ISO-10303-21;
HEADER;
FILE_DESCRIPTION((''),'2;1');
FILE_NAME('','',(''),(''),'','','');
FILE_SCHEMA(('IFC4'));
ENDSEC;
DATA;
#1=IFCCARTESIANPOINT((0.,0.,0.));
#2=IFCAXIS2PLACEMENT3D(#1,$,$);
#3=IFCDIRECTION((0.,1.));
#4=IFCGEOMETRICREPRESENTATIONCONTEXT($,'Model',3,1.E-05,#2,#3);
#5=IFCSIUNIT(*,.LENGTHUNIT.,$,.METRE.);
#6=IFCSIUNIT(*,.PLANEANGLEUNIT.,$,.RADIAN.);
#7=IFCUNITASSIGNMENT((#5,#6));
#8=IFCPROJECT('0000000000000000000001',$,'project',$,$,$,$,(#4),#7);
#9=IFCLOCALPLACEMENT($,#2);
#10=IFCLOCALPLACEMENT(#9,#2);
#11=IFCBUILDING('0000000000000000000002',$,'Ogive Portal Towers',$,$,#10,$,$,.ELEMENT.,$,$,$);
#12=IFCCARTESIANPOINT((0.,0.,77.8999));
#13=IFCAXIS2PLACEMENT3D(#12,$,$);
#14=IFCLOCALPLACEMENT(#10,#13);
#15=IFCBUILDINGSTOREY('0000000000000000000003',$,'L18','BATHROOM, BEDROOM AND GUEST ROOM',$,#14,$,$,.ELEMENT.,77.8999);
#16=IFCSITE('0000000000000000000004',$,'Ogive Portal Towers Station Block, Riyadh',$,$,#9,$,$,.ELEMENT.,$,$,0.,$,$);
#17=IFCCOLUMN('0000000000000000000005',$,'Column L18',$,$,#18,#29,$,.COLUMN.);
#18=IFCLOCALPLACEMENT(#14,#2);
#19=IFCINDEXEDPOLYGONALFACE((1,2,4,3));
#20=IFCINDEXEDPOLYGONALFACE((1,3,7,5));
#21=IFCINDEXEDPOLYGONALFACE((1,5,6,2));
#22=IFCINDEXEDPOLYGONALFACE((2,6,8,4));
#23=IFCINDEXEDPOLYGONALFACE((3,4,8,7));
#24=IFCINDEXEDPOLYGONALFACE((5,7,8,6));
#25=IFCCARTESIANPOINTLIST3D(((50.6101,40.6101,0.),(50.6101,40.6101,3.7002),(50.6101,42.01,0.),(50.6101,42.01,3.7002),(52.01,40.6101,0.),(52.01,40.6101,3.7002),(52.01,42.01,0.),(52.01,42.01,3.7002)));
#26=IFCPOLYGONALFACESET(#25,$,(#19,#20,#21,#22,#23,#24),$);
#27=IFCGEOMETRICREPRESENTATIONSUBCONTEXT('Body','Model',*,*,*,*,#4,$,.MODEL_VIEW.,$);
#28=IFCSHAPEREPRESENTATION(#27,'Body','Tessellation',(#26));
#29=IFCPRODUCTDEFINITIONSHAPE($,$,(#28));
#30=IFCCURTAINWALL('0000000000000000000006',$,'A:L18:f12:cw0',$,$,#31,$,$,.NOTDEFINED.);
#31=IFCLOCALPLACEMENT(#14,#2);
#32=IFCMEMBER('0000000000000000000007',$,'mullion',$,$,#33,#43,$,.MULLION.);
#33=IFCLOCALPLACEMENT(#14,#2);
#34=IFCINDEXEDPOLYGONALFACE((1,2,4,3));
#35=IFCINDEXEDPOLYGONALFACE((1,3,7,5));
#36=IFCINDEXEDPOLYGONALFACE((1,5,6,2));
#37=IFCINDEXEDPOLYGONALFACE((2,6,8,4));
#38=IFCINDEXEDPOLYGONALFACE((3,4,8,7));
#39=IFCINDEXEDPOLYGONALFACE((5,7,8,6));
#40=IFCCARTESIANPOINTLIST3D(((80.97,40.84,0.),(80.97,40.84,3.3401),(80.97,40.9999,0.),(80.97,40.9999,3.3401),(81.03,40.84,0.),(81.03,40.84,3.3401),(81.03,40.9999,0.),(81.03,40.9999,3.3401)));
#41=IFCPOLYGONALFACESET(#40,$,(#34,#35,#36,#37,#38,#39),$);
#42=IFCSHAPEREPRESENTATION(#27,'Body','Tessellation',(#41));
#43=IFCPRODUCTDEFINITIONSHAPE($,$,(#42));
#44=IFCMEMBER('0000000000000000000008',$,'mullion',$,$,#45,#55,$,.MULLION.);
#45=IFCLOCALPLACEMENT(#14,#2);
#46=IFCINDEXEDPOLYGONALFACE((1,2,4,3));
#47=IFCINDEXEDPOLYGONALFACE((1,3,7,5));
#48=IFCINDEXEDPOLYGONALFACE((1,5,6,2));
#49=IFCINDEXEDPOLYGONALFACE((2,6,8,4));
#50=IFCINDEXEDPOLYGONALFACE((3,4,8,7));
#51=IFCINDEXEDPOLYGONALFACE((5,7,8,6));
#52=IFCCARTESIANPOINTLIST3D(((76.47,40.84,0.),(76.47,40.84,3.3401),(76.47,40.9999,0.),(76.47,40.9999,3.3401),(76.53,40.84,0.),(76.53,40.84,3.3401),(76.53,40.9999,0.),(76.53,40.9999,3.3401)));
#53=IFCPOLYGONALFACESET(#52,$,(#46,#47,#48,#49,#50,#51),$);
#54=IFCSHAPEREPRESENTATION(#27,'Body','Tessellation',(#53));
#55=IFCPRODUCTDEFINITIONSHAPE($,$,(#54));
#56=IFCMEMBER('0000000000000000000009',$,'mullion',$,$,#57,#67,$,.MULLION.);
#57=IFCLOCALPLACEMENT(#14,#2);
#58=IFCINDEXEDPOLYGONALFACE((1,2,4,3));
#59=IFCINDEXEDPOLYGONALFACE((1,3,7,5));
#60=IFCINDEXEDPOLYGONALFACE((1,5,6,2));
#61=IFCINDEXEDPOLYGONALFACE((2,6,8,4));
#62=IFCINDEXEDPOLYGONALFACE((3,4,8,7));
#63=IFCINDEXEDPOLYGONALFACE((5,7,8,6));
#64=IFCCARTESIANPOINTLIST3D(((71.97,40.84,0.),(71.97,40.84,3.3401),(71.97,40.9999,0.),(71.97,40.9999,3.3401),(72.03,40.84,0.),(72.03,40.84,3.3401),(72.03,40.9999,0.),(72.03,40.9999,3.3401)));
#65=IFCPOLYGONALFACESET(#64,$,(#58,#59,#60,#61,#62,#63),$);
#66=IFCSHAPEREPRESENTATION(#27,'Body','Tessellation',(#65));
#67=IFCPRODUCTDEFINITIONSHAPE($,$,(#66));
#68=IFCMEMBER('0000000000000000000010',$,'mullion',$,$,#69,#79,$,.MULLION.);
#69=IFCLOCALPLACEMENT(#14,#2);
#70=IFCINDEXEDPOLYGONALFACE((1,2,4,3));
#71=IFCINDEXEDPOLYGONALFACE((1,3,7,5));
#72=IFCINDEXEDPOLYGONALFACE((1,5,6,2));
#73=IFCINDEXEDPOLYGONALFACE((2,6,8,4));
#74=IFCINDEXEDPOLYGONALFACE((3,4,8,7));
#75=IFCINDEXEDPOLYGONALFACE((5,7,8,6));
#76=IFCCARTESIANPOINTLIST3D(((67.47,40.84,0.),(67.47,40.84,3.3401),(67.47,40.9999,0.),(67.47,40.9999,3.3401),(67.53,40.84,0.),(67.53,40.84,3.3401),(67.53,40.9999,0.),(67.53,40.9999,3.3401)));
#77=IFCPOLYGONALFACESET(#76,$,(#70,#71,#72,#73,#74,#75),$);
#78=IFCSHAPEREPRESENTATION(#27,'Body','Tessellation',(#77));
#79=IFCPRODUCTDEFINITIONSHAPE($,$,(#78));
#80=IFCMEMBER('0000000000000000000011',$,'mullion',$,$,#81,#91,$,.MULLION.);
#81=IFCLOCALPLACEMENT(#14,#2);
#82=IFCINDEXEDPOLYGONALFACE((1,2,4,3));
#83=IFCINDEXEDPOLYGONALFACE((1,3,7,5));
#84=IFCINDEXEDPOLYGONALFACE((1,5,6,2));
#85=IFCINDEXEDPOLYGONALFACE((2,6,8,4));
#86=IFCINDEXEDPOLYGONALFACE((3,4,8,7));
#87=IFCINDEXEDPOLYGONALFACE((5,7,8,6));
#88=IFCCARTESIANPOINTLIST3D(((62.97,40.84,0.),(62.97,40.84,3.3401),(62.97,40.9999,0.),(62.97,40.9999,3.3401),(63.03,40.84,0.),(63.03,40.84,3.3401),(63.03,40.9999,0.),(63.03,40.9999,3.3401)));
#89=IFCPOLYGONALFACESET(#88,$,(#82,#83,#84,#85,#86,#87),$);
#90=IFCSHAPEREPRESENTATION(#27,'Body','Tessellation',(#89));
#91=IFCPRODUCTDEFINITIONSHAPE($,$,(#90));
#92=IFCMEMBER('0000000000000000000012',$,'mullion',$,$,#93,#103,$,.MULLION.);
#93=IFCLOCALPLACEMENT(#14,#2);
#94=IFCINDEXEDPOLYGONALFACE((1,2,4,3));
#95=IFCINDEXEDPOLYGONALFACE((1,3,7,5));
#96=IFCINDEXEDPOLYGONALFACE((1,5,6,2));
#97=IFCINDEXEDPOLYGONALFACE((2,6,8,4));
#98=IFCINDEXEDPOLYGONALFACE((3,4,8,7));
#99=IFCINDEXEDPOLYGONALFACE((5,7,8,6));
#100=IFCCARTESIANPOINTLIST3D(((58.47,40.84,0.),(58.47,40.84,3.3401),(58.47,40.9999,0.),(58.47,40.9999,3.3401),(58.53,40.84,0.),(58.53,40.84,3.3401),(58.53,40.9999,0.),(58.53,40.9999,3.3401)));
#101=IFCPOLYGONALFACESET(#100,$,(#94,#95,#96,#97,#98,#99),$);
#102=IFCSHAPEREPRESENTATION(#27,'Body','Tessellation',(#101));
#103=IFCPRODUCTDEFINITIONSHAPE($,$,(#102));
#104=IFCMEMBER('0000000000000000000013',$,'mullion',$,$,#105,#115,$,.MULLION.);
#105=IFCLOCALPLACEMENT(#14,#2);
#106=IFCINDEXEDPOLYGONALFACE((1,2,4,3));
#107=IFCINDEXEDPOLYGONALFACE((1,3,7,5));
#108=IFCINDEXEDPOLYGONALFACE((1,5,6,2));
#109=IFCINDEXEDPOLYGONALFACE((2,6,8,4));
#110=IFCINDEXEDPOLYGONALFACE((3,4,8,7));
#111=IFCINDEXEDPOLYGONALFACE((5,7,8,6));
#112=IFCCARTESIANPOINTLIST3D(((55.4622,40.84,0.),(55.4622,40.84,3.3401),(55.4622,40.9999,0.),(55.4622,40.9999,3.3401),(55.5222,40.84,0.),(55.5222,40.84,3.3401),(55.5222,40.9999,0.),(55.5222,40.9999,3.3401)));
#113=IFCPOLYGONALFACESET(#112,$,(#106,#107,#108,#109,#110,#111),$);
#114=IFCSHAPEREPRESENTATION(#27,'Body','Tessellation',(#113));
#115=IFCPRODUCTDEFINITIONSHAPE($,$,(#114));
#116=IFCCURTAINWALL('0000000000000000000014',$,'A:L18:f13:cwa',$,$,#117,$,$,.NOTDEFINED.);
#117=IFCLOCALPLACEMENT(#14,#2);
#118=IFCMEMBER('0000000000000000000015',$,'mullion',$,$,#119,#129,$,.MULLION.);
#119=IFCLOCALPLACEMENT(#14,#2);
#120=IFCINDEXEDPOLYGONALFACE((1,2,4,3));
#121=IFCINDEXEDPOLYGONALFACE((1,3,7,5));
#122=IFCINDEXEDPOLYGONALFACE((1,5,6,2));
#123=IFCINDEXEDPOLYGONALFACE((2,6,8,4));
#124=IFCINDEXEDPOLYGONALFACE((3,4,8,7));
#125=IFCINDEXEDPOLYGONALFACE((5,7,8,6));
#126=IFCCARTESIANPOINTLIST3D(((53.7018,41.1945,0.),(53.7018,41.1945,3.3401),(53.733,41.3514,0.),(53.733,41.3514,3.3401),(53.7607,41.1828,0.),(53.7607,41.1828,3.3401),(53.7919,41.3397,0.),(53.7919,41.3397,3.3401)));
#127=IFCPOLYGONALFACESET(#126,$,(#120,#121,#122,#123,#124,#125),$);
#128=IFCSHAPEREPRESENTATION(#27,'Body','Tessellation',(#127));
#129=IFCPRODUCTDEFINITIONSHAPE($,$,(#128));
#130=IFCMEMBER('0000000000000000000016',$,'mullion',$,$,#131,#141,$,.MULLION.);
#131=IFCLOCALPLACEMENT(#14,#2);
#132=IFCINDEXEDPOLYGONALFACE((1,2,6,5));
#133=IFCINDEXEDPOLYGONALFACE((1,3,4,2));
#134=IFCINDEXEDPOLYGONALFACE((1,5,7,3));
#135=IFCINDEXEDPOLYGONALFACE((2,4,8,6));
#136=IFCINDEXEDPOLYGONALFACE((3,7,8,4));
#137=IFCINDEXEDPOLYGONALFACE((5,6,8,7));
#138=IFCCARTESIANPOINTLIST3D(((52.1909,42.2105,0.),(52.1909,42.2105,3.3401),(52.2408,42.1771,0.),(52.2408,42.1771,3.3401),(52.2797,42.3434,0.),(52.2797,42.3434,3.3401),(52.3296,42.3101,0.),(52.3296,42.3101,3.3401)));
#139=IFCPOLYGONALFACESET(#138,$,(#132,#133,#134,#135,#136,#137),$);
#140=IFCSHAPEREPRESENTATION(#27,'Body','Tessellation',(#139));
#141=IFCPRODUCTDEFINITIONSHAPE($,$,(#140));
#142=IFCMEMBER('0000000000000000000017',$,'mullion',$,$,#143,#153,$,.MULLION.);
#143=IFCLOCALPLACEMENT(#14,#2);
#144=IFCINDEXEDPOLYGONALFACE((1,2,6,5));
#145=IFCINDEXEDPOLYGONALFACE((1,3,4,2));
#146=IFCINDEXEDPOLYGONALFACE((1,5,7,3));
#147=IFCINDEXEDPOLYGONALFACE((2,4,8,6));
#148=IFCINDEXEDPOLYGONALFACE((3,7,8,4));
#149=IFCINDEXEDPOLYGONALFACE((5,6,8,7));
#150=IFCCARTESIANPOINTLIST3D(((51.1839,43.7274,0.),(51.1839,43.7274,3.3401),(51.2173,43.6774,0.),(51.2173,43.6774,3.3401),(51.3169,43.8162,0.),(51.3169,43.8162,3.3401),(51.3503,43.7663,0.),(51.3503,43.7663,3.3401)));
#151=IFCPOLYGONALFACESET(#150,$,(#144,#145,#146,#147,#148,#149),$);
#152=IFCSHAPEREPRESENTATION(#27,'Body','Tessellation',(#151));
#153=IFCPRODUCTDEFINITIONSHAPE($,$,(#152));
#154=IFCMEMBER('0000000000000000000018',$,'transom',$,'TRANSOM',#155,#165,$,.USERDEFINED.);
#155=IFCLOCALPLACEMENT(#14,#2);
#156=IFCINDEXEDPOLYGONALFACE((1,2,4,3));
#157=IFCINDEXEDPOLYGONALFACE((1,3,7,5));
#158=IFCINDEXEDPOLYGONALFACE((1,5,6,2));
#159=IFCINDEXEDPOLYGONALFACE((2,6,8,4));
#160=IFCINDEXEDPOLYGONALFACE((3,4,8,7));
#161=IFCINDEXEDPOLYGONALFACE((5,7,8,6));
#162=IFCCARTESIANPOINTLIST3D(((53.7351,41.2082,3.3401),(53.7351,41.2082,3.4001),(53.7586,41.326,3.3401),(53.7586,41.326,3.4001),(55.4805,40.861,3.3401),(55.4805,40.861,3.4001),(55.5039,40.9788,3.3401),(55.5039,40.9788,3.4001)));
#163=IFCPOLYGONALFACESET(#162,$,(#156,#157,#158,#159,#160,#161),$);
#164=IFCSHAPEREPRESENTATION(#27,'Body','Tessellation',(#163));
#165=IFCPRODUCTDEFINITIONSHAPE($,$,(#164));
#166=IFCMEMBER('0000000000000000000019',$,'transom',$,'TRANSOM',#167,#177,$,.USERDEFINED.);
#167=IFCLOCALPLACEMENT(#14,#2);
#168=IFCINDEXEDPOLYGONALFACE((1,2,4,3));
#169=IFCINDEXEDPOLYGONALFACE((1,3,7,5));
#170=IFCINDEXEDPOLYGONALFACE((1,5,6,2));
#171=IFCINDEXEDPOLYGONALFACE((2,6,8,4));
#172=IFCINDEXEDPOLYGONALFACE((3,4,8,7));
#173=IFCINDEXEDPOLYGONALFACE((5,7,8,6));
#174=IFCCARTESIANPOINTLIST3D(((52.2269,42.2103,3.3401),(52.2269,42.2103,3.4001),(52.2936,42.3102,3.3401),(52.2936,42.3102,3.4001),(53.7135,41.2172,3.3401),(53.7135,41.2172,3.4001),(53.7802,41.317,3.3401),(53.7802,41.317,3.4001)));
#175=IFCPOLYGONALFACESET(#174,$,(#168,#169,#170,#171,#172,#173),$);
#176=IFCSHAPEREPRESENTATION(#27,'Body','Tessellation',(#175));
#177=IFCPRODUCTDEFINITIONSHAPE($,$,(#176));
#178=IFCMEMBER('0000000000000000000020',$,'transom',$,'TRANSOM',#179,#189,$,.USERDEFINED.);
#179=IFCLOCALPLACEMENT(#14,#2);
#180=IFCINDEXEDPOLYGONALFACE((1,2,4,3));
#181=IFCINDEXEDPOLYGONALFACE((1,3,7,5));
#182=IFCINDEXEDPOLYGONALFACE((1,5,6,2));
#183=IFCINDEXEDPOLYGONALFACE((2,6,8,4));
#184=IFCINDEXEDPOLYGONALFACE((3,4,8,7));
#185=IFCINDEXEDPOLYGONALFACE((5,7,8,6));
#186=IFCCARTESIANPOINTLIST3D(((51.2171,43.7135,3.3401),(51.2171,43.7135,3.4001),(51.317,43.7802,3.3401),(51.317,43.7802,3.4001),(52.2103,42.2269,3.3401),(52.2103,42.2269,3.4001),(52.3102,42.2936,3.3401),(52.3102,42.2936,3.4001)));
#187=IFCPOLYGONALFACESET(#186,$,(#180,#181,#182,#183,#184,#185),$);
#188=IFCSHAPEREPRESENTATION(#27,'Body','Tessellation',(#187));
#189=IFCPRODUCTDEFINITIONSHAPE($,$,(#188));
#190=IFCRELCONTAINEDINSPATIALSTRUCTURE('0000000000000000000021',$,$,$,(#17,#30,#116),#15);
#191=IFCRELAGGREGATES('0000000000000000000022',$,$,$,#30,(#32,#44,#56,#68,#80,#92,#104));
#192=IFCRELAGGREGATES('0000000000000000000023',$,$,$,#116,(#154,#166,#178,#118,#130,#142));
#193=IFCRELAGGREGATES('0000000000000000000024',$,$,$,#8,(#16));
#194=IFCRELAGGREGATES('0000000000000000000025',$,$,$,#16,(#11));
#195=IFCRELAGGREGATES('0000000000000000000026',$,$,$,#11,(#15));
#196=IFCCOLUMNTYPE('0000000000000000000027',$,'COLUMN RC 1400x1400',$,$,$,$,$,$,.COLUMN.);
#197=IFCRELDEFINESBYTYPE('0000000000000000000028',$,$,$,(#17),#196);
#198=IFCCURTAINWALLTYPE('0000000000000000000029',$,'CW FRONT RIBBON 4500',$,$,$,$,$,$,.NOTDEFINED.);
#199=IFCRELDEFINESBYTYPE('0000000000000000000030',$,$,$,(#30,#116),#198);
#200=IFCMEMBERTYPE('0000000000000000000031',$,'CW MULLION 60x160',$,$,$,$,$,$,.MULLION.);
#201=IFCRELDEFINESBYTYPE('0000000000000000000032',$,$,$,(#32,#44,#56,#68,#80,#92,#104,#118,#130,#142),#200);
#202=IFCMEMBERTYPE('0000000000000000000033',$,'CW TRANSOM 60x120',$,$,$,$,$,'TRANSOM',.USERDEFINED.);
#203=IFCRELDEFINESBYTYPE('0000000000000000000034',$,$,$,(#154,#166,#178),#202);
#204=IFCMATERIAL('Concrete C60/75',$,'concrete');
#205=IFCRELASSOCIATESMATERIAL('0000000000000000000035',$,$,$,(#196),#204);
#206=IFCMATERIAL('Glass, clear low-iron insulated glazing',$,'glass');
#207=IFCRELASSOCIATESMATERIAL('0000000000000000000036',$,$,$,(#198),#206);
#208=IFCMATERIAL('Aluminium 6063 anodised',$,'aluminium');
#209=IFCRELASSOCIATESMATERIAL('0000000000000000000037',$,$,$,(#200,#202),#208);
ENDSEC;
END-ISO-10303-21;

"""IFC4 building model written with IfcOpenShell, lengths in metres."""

from ifc_helpers import new_model, si_unit, direction, frame, origin, origin_2d, place, context, subcontext, project, spatial, rectangle, extrude, material, material_profile, profile_set, type_object, element, aggregate, save


model = new_model("IFC4")

# Units and contexts
model_context = context("Model", 3, precision=1e-05, world=origin(), true_north=direction((0.0, 1.0)))
body_context = subcontext(model_context, "Body", "Model", "MODEL_VIEW")
ifc_project = project(units=[si_unit("LENGTHUNIT", "METRE"), si_unit("PLANEANGLEUNIT", "RADIAN")], contexts=[model_context])

# Site, building, storey
site_placement = place(None, origin())
site = spatial("IfcSite", under=ifc_project, at=site_placement, Name="Ogive Portal Towers Station Block, Riyadh", CompositionType="ELEMENT", RefElevation=0.0)
building_placement = place(site_placement, origin())
building = spatial("IfcBuilding", under=site, at=building_placement, Name="Ogive Portal Towers", CompositionType="ELEMENT")
storey_placement = place(building_placement, frame((0.0, 0.0, 77.8999)))
storey = spatial("IfcBuildingStorey", under=building, at=storey_placement, Name="L18", Description="BATHROOM, BEDROOM AND GUEST ROOM", CompositionType="ELEMENT", Elevation=77.8999)

# Column
ifc_material_1 = material(Name="Concrete C60/75", Category="concrete")
ifc_material_profile_1 = material_profile(ifc_material_1, rectangle(XDim=1.3999, YDim=1.3999, at=origin_2d()), Name="RC 1400x1400")
ifc_profile_set_1 = profile_set([ifc_material_profile_1], Name="Concrete C60/75")
column_type = type_object("IfcColumnType", Name="COLUMN RC 1400x1400", PredefinedType="COLUMN", material=ifc_profile_set_1)
column_placement = place(storey_placement, frame((51.3101, 41.3101, 0.0), z_axis=(0.0, 0.0, 1.0), x_axis=(1.0, 0.0, 0.0)))
element("IfcColumn", 1, at=column_placement, inside=storey, type_object=column_type, Name="Column L18", PredefinedType="COLUMN", context=body_context, shape_type="SweptSolid", body=[
    extrude(rectangle(XDim=1.3999, YDim=1.3999, at=origin_2d()), origin(), (0.0, 0.0, 1.0), 3.7002),
])

# Curtain walls, members
ifc_material_2 = material(Name="Glass, clear low-iron insulated glazing", Category="glass")
curtain_wall_type = type_object("IfcCurtainWallType", Name="CW FRONT RIBBON 4500", PredefinedType="NOTDEFINED", material=ifc_material_2)
curtain_wall_1_placement = place(storey_placement, origin())
curtain_wall_1 = element("IfcCurtainWall", 2, at=curtain_wall_1_placement, inside=storey, type_object=curtain_wall_type, Name="A:L18:f12:cw0", PredefinedType="NOTDEFINED")
ifc_material_3 = material(Name="Aluminium 6063 anodised", Category="aluminium")
ifc_material_profile_2 = material_profile(ifc_material_3, rectangle(XDim=0.1599, YDim=0.0601, at=origin_2d()), Name="AL 60x160")
ifc_profile_set_2 = profile_set([ifc_material_profile_2], Name="Aluminium 6063 anodised")
member_type_1 = type_object("IfcMemberType", Name="CW MULLION 60x160", PredefinedType="MULLION", material=ifc_profile_set_2)
member_1_placement = place(storey_placement, frame((81.0, 40.9199, 0.0), z_axis=(0.0, 0.0, 1.0), x_axis=(0.0, -1.0, 0.0)))
member_1 = element("IfcMember", 3, at=member_1_placement, type_object=member_type_1, Name="mullion", PredefinedType="MULLION", context=body_context, shape_type="SweptSolid", body=[
    extrude(rectangle(XDim=0.1599, YDim=0.0601, at=origin_2d()), origin(), (0.0, 0.0, 1.0), 3.3401),
])
member_2_placement = place(storey_placement, frame((76.5, 40.9199, 0.0), z_axis=(0.0, 0.0, 1.0), x_axis=(0.0, -1.0, 0.0)))
member_2 = element("IfcMember", 4, at=member_2_placement, type_object=member_type_1, Name="mullion", PredefinedType="MULLION", context=body_context, shape_type="SweptSolid", body=[
    extrude(rectangle(XDim=0.1599, YDim=0.0601, at=origin_2d()), origin(), (0.0, 0.0, 1.0), 3.3401),
])
member_3_placement = place(storey_placement, frame((72.0, 40.9199, 0.0), z_axis=(0.0, 0.0, 1.0), x_axis=(0.0, -1.0, 0.0)))
member_3 = element("IfcMember", 5, at=member_3_placement, type_object=member_type_1, Name="mullion", PredefinedType="MULLION", context=body_context, shape_type="SweptSolid", body=[
    extrude(rectangle(XDim=0.1599, YDim=0.0601, at=origin_2d()), origin(), (0.0, 0.0, 1.0), 3.3401),
])
member_4_placement = place(storey_placement, frame((67.5, 40.9199, 0.0), z_axis=(0.0, 0.0, 1.0), x_axis=(0.0, -1.0, 0.0)))
member_4 = element("IfcMember", 6, at=member_4_placement, type_object=member_type_1, Name="mullion", PredefinedType="MULLION", context=body_context, shape_type="SweptSolid", body=[
    extrude(rectangle(XDim=0.1599, YDim=0.0601, at=origin_2d()), origin(), (0.0, 0.0, 1.0), 3.3401),
])
member_5_placement = place(storey_placement, frame((63.0, 40.9199, 0.0), z_axis=(0.0, 0.0, 1.0), x_axis=(0.0, -1.0, 0.0)))
member_5 = element("IfcMember", 7, at=member_5_placement, type_object=member_type_1, Name="mullion", PredefinedType="MULLION", context=body_context, shape_type="SweptSolid", body=[
    extrude(rectangle(XDim=0.1599, YDim=0.0601, at=origin_2d()), origin(), (0.0, 0.0, 1.0), 3.3401),
])
member_6_placement = place(storey_placement, frame((58.5, 40.9199, 0.0), z_axis=(0.0, 0.0, 1.0), x_axis=(0.0, -1.0, 0.0)))
member_6 = element("IfcMember", 8, at=member_6_placement, type_object=member_type_1, Name="mullion", PredefinedType="MULLION", context=body_context, shape_type="SweptSolid", body=[
    extrude(rectangle(XDim=0.1599, YDim=0.0601, at=origin_2d()), origin(), (0.0, 0.0, 1.0), 3.3401),
])
member_7_placement = place(storey_placement, frame((55.4922, 40.9199, 0.0), z_axis=(0.0, 0.0, 1.0), x_axis=(0.0, -1.0, 0.0)))
member_7 = element("IfcMember", 9, at=member_7_placement, type_object=member_type_1, Name="mullion", PredefinedType="MULLION", context=body_context, shape_type="SweptSolid", body=[
    extrude(rectangle(XDim=0.1599, YDim=0.0601, at=origin_2d()), origin(), (0.0, 0.0, 1.0), 3.3401),
])
curtain_wall_2_placement = place(storey_placement, origin())
curtain_wall_2 = element("IfcCurtainWall", 10, at=curtain_wall_2_placement, inside=storey, type_object=curtain_wall_type, Name="A:L18:f13:cwa", PredefinedType="NOTDEFINED")
member_8_placement = place(storey_placement, frame((53.7468, 41.2671, 0.0), z_axis=(0.0, 0.0, 1.0), x_axis=(-0.19509, -0.980785, 0.0)))
member_8 = element("IfcMember", 11, at=member_8_placement, type_object=member_type_1, Name="mullion", PredefinedType="MULLION", context=body_context, shape_type="SweptSolid", body=[
    extrude(rectangle(XDim=0.1599, YDim=0.0601, at=origin_2d()), origin(), (0.0, 0.0, 1.0), 3.3401),
])
member_9_placement = place(storey_placement, frame((52.2603, 42.2603, 0.0), z_axis=(0.0, 0.0, 1.0), x_axis=(-0.55557, -0.83147, 0.0)))
member_9 = element("IfcMember", 12, at=member_9_placement, type_object=member_type_1, Name="mullion", PredefinedType="MULLION", context=body_context, shape_type="SweptSolid", body=[
    extrude(rectangle(XDim=0.1599, YDim=0.0601, at=origin_2d()), origin(), (0.0, 0.0, 1.0), 3.3401),
])
member_10_placement = place(storey_placement, frame((51.2671, 43.7468, 0.0), z_axis=(0.0, 0.0, 1.0), x_axis=(-0.83147, -0.55557, 0.0)))
member_10 = element("IfcMember", 13, at=member_10_placement, type_object=member_type_1, Name="mullion", PredefinedType="MULLION", context=body_context, shape_type="SweptSolid", body=[
    extrude(rectangle(XDim=0.1599, YDim=0.0601, at=origin_2d()), origin(), (0.0, 0.0, 1.0), 3.3401),
])
ifc_material_profile_3 = material_profile(ifc_material_3, rectangle(XDim=0.1201, YDim=0.0601, at=origin_2d()), Name="AL 120x60")
ifc_profile_set_3 = profile_set([ifc_material_profile_3], Name="Aluminium 6063 anodised")
member_type_2 = type_object("IfcMemberType", Name="CW TRANSOM 60x120", ElementType="TRANSOM", PredefinedType="USERDEFINED", material=ifc_profile_set_3)
member_11_placement = place(storey_placement, frame((55.4922, 40.9199, 3.3701), z_axis=(-0.980786, 0.195087, 0.0), x_axis=(-0.195087, -0.980786, 0.0)))
member_11 = element("IfcMember", 14, at=member_11_placement, type_object=member_type_2, Name="transom", ObjectType="TRANSOM", PredefinedType="USERDEFINED", context=body_context, shape_type="SweptSolid", body=[
    extrude(rectangle(XDim=0.1201, YDim=0.0601, at=origin_2d()), origin(), (0.0, 0.0, 1.0), 1.7795),
])
member_12_placement = place(storey_placement, frame((53.7468, 41.2671, 3.3701), z_axis=(-0.831504, 0.555519, 0.0), x_axis=(-0.555519, -0.831504, 0.0)))
member_12 = element("IfcMember", 15, at=member_12_placement, type_object=member_type_2, Name="transom", ObjectType="TRANSOM", PredefinedType="USERDEFINED", context=body_context, shape_type="SweptSolid", body=[
    extrude(rectangle(XDim=0.1201, YDim=0.0601, at=origin_2d()), origin(), (0.0, 0.0, 1.0), 1.7878),
])
member_13_placement = place(storey_placement, frame((52.2603, 42.2603, 3.3701), z_axis=(-0.555519, 0.831504, 0.0), x_axis=(-0.831504, -0.555519, 0.0)))
member_13 = element("IfcMember", 16, at=member_13_placement, type_object=member_type_2, Name="transom", ObjectType="TRANSOM", PredefinedType="USERDEFINED", context=body_context, shape_type="SweptSolid", body=[
    extrude(rectangle(XDim=0.1201, YDim=0.0601, at=origin_2d()), origin(), (0.0, 0.0, 1.0), 1.7878),
])

aggregate(curtain_wall_1, [member_1, member_2, member_3, member_4, member_5, member_6, member_7])
aggregate(curtain_wall_2, [member_11, member_12, member_13, member_8, member_9, member_10])

save(model, "model.ifc")
